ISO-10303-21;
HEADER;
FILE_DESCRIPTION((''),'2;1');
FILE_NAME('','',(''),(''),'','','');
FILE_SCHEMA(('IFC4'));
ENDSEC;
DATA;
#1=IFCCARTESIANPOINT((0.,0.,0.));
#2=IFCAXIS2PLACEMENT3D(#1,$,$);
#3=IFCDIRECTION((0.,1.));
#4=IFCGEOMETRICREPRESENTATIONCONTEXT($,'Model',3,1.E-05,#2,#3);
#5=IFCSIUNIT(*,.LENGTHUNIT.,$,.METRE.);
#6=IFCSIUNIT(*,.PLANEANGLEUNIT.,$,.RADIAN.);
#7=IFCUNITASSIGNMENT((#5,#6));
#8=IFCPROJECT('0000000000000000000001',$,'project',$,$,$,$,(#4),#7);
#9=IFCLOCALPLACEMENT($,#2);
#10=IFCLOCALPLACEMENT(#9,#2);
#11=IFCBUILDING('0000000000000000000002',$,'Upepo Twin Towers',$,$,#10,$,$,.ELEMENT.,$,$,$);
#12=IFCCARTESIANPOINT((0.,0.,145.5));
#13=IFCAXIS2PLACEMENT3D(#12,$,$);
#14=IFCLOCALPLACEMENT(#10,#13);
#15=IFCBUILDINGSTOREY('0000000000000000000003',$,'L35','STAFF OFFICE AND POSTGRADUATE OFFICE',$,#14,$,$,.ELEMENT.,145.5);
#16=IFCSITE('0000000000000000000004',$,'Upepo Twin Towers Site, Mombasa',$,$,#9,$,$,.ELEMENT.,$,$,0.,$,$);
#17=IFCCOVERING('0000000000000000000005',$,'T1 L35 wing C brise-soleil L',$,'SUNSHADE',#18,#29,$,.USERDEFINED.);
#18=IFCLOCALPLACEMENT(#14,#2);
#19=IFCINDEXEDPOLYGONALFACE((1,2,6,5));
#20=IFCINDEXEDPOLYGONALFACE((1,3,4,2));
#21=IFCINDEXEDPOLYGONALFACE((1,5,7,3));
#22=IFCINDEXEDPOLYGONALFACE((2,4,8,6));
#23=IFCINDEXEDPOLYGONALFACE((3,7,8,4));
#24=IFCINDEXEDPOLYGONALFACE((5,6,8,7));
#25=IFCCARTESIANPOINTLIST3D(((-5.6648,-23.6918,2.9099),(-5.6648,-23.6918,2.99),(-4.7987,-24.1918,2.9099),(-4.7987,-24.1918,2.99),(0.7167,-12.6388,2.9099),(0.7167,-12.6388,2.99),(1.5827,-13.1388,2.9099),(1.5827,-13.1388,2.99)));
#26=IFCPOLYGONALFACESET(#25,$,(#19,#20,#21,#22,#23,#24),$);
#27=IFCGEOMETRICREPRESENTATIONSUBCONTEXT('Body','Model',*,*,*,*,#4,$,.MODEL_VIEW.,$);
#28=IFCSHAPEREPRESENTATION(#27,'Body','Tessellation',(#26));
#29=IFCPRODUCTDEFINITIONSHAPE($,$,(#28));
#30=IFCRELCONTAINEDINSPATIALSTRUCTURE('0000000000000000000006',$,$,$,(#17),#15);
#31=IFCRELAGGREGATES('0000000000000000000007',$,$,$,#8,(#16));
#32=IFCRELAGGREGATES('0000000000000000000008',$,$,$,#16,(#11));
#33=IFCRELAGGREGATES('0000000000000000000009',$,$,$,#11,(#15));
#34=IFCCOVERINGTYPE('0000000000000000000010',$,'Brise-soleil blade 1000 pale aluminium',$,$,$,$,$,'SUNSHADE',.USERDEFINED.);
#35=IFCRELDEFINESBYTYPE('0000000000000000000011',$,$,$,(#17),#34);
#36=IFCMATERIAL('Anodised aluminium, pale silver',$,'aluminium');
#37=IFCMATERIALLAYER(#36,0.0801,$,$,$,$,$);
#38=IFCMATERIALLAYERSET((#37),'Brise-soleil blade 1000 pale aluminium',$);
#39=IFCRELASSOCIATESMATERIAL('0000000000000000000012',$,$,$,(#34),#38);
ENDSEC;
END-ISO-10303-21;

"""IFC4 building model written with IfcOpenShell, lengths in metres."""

from ifc_helpers import new_model, si_unit, direction, frame, origin, origin_2d, place, context, subcontext, project, spatial, rectangle, extrude, material, layer, layer_set, type_object, element, save


model = new_model("IFC4")

# Units and contexts
model_context = context("Model", 3, precision=1e-05, world=origin(), true_north=direction((0.0, 1.0)))
body_context = subcontext(model_context, "Body", "Model", "MODEL_VIEW")
ifc_project = project(units=[si_unit("LENGTHUNIT", "METRE"), si_unit("PLANEANGLEUNIT", "RADIAN")], contexts=[model_context])

# Site, building, storey
site_placement = place(None, origin())
site = spatial("IfcSite", under=ifc_project, at=site_placement, Name="Upepo Twin Towers Site, Mombasa", CompositionType="ELEMENT", RefElevation=0.0)
building_placement = place(site_placement, origin())
building = spatial("IfcBuilding", under=site, at=building_placement, Name="Upepo Twin Towers", CompositionType="ELEMENT")
storey_placement = place(building_placement, frame((0.0, 0.0, 145.5)))
storey = spatial("IfcBuildingStorey", under=building, at=storey_placement, Name="L35", Description="STAFF OFFICE AND POSTGRADUATE OFFICE", CompositionType="ELEMENT", Elevation=145.5)

# Covering
ifc_material_1 = material(Name="Anodised aluminium, pale silver", Category="aluminium")
ifc_layer_1 = layer(ifc_material_1, 0.0801)
ifc_layer_set_1 = layer_set([ifc_layer_1], Name="Brise-soleil blade 1000 pale aluminium")
covering_type = type_object("IfcCoveringType", Name="Brise-soleil blade 1000 pale aluminium", ElementType="SUNSHADE", PredefinedType="USERDEFINED", material=ifc_layer_set_1)
covering_placement = place(storey_placement, frame((-2.041, -18.4153, 2.9099), z_axis=(0.0, 0.0, 1.0), x_axis=(-0.5, -0.866025, 0.0)))
element("IfcCovering", 1, at=covering_placement, inside=storey, type_object=covering_type, Name="T1 L35 wing C brise-soleil L", ObjectType="SUNSHADE", PredefinedType="USERDEFINED", context=body_context, shape_type="SweptSolid", body=[
    extrude(rectangle(XDim=12.7629, YDim=1.0, at=origin_2d()), origin(), (0.0, 0.0, 1.0), 0.0801),
])

save(model, "model.ifc")
